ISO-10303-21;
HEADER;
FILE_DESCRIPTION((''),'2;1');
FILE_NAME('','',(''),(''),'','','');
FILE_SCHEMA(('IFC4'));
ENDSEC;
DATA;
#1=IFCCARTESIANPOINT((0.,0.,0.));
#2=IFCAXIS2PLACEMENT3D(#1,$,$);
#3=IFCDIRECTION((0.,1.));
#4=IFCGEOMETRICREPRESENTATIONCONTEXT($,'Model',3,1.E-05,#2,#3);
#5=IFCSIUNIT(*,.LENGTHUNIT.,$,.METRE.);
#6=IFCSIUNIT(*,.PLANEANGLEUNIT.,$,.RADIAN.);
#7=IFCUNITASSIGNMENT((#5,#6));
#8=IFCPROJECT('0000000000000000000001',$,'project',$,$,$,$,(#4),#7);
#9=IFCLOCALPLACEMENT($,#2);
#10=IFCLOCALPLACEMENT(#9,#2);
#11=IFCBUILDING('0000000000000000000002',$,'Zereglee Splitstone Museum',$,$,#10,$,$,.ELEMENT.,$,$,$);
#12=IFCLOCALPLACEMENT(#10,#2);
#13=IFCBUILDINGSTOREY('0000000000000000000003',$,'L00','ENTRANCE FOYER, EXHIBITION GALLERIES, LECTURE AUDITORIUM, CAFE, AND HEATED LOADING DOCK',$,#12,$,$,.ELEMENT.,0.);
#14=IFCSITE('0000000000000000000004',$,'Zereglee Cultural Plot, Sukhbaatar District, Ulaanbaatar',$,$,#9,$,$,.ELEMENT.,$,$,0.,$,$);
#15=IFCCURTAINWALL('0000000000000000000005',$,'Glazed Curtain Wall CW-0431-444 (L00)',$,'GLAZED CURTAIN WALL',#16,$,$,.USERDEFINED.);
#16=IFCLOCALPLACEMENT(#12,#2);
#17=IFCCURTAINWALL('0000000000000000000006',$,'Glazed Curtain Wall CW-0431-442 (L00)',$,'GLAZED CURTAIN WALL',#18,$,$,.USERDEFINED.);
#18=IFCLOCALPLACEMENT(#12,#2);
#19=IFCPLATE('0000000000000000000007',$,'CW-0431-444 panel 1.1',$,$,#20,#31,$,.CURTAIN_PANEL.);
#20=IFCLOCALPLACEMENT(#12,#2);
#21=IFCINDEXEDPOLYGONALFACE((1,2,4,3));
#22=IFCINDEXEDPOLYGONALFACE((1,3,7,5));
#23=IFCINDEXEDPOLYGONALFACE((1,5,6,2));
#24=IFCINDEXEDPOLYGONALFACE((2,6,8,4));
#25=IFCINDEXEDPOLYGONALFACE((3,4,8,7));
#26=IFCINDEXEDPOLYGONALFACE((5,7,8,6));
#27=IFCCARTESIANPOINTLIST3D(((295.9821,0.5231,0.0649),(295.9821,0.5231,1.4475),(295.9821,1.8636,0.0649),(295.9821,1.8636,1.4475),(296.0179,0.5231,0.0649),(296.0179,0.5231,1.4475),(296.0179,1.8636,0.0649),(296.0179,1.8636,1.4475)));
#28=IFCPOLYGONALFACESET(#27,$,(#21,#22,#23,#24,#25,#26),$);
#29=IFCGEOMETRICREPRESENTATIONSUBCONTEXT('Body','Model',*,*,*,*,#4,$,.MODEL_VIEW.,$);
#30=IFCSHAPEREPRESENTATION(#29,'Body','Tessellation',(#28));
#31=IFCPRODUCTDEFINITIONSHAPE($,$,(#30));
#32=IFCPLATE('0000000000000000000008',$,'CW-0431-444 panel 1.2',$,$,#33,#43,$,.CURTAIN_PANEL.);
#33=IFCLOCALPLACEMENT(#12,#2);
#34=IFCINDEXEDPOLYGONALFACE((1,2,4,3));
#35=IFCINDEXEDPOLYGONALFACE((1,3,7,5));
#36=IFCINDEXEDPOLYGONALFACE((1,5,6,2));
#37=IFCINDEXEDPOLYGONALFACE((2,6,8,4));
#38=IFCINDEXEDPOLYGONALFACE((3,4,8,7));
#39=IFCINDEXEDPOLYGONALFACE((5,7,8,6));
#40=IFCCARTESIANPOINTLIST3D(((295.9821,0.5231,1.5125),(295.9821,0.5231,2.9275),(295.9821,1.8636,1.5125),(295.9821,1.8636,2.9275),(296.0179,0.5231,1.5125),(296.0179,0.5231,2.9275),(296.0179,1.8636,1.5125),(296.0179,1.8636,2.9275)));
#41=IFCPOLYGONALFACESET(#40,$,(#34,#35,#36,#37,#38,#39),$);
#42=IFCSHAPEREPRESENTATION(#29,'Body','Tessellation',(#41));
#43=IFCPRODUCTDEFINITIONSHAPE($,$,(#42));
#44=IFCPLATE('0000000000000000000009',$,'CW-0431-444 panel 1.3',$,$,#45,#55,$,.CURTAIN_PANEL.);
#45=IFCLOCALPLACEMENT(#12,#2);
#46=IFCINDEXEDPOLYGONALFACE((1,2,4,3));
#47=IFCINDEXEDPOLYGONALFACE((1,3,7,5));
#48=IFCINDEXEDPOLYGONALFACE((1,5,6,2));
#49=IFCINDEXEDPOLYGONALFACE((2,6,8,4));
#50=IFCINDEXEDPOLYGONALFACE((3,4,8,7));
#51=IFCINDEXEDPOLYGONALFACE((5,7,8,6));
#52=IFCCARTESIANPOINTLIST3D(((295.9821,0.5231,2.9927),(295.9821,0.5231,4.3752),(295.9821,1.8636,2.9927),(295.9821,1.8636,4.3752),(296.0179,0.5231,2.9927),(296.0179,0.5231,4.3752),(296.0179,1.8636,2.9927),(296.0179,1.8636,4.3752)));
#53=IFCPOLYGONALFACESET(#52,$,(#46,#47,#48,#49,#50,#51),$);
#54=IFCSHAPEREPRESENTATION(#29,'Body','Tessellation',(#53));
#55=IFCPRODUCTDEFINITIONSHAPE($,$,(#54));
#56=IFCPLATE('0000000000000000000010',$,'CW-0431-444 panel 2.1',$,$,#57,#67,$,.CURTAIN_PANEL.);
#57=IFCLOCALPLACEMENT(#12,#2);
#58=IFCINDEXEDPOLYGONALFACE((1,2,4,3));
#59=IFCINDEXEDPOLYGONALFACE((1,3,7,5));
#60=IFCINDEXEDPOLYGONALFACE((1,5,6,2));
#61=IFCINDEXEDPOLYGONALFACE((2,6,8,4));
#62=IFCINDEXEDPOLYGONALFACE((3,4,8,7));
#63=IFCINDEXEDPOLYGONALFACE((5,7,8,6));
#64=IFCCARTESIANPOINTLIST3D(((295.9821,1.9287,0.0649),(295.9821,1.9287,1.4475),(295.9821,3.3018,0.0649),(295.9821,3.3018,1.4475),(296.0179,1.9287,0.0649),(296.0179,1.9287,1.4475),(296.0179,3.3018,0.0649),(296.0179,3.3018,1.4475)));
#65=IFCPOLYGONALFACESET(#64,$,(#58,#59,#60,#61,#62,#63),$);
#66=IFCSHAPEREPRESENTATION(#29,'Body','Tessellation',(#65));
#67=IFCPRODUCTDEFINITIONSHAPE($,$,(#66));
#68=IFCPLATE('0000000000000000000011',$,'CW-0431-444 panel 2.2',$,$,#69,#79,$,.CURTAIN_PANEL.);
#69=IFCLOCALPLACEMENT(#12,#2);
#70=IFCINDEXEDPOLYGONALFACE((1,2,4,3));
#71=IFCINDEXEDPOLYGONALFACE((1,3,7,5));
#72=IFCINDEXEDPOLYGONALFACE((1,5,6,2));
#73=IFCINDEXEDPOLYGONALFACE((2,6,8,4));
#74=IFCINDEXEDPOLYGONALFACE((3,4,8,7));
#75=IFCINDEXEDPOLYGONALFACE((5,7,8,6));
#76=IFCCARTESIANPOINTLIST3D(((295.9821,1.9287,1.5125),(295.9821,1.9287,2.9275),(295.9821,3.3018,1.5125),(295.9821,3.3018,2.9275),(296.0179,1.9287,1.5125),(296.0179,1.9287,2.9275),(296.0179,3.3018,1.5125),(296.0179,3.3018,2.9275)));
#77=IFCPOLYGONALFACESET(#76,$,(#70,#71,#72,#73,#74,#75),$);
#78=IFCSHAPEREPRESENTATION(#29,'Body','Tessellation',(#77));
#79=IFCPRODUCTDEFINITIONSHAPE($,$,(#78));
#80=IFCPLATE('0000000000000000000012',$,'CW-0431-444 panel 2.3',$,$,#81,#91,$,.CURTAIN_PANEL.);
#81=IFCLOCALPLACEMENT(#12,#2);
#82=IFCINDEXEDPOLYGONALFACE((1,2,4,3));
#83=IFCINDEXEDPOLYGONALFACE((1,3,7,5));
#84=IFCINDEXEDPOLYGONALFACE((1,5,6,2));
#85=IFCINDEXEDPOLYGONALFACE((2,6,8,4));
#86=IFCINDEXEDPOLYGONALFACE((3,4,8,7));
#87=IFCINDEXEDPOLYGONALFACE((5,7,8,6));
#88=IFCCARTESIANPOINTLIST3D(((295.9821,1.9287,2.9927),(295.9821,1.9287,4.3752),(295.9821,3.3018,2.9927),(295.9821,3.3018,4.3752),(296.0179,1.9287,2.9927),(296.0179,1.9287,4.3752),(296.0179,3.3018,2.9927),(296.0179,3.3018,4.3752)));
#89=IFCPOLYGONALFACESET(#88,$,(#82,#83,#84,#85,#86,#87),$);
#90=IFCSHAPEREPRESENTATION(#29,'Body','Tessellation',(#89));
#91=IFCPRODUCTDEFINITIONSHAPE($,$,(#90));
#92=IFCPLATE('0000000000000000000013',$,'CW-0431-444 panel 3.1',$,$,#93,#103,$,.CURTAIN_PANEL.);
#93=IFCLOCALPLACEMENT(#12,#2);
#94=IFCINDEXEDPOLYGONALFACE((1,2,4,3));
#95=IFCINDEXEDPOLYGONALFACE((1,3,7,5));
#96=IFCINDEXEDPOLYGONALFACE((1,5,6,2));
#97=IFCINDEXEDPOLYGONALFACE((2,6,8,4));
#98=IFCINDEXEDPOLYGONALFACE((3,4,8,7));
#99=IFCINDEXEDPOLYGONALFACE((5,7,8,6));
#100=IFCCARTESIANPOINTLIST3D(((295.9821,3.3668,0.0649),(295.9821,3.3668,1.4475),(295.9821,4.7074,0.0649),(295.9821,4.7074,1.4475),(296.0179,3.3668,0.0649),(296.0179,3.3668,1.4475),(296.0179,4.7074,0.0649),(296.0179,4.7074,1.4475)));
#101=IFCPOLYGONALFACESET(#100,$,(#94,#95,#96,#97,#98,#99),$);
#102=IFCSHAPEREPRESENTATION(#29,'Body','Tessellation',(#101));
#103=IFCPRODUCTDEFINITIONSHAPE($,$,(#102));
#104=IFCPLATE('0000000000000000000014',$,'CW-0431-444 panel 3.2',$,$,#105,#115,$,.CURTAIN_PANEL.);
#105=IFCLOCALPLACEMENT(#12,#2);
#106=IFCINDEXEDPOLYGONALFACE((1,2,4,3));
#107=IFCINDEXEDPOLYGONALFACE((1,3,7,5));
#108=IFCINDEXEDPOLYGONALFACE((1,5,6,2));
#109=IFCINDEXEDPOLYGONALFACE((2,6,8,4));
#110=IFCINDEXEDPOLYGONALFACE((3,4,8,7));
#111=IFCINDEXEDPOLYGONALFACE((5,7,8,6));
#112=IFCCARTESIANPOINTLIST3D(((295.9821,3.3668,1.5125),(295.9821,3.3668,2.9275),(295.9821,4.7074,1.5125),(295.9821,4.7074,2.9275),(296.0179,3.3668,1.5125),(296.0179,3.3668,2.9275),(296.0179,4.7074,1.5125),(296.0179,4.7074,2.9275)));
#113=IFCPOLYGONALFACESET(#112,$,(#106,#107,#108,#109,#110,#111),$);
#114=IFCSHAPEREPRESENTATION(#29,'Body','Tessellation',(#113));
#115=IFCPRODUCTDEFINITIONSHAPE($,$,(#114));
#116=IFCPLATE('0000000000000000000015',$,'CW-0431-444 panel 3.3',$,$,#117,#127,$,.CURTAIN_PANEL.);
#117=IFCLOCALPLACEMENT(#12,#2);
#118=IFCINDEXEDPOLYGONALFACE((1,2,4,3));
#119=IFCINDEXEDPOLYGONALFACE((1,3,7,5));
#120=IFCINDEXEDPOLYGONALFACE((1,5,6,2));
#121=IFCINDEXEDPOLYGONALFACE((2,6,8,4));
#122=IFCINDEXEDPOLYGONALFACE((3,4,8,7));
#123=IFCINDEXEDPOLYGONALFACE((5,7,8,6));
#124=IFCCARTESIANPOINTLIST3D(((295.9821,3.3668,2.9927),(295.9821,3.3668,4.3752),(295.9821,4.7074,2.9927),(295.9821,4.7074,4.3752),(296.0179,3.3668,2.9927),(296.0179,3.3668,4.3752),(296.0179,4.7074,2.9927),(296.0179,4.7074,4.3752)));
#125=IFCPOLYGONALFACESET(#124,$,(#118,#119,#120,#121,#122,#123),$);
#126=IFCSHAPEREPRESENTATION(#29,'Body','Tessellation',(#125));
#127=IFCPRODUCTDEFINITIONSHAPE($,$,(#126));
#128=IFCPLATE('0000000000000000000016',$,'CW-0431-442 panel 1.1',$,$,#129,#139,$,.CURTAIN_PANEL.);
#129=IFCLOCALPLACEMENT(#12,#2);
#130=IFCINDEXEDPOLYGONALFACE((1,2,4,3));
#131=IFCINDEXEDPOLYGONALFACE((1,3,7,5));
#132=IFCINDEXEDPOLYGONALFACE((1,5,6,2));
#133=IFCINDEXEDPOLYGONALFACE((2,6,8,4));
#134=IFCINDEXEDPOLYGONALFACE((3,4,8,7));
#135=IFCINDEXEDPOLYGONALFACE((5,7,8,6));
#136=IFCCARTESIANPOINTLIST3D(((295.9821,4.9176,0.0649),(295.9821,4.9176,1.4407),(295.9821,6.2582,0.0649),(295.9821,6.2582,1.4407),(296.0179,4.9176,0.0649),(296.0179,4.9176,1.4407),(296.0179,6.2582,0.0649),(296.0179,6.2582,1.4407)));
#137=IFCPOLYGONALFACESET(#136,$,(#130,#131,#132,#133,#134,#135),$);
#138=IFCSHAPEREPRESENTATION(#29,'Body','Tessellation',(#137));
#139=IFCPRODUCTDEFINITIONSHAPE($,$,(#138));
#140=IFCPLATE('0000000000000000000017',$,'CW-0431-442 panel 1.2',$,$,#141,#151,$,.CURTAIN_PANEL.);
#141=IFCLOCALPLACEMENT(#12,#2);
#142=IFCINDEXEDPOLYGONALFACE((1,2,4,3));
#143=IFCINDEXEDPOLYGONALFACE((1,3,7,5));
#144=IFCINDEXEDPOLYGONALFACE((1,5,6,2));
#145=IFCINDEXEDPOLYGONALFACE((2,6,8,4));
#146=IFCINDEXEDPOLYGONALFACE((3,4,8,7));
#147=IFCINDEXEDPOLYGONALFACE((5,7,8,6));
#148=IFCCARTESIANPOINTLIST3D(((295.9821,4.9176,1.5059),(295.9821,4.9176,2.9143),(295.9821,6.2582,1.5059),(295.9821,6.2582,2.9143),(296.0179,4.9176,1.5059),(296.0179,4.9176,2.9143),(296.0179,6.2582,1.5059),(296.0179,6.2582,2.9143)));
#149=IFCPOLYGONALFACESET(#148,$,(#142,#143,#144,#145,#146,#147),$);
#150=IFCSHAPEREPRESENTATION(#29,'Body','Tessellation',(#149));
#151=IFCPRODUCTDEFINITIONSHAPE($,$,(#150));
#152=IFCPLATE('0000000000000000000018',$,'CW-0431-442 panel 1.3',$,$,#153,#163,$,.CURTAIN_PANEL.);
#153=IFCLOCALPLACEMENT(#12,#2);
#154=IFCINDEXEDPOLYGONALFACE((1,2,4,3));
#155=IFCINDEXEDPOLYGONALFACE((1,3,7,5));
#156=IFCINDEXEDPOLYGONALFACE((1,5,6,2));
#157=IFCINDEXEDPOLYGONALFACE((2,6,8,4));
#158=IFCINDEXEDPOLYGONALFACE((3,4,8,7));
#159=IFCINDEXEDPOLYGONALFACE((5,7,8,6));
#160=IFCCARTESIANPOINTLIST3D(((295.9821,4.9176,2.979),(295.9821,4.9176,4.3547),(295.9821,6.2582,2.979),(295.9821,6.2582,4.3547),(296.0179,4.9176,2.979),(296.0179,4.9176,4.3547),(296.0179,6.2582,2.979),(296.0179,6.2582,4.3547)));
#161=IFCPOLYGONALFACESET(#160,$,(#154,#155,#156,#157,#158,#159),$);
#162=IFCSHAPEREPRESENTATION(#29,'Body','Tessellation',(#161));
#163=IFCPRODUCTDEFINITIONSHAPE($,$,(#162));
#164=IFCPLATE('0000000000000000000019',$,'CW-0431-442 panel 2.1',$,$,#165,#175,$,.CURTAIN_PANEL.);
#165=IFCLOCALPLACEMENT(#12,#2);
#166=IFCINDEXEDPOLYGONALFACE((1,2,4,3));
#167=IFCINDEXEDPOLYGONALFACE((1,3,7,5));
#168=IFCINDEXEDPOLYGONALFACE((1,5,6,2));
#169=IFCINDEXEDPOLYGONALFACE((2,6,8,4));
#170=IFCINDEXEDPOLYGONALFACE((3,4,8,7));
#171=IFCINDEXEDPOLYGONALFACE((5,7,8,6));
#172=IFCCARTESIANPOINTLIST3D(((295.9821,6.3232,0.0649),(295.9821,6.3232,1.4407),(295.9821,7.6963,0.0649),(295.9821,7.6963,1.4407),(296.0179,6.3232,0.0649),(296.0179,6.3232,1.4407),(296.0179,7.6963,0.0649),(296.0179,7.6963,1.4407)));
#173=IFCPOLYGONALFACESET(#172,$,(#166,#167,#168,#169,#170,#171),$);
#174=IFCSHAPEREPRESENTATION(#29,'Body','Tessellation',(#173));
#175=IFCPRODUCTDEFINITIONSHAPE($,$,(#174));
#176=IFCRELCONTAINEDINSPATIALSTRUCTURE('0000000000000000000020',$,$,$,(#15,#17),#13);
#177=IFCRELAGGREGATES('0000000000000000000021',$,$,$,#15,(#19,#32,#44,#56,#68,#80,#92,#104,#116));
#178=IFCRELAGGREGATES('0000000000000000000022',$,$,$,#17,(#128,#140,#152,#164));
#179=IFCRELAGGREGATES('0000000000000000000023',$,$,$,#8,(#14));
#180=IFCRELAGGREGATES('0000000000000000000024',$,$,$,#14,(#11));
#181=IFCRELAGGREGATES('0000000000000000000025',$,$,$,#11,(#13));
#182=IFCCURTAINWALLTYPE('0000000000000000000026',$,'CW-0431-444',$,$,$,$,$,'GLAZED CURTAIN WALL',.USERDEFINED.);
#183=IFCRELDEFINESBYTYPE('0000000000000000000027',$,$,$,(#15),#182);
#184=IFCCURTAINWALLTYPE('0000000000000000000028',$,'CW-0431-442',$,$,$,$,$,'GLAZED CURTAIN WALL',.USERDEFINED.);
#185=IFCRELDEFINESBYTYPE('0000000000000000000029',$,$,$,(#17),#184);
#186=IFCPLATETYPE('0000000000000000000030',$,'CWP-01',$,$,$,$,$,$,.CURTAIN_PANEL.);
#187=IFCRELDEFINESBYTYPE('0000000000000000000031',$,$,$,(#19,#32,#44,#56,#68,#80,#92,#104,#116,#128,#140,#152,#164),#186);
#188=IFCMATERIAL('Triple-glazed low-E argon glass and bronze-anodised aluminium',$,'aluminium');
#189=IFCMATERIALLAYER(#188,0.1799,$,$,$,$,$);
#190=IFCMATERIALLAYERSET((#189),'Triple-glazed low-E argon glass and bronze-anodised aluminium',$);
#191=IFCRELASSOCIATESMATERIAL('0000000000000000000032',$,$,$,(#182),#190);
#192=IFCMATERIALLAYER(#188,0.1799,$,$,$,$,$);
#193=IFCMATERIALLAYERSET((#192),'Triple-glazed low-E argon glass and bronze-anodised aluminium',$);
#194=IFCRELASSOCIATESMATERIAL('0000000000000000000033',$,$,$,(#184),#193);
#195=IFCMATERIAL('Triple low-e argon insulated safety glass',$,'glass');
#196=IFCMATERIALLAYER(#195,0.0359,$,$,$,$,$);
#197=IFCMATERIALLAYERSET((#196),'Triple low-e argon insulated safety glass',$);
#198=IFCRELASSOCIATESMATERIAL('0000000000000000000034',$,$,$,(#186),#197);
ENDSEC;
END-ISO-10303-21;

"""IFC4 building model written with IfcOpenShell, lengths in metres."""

from ifc_helpers import new_model, si_unit, direction, frame, origin, origin_2d, place, context, subcontext, project, spatial, rectangle, extrude, material, layer, layer_set, type_object, element, aggregate, save


model = new_model("IFC4")

# Units and contexts
model_context = context("Model", 3, precision=1e-05, world=origin(), true_north=direction((0.0, 1.0)))
body_context = subcontext(model_context, "Body", "Model", "MODEL_VIEW")
ifc_project = project(units=[si_unit("LENGTHUNIT", "METRE"), si_unit("PLANEANGLEUNIT", "RADIAN")], contexts=[model_context])

# Site, building, storey
site_placement = place(None, origin())
site = spatial("IfcSite", under=ifc_project, at=site_placement, Name="Zereglee Cultural Plot, Sukhbaatar District, Ulaanbaatar", CompositionType="ELEMENT", RefElevation=0.0)
building_placement = place(site_placement, origin())
building = spatial("IfcBuilding", under=site, at=building_placement, Name="Zereglee Splitstone Museum", CompositionType="ELEMENT")
storey_placement = place(building_placement, origin())
storey = spatial("IfcBuildingStorey", under=building, at=storey_placement, Name="L00", Description="ENTRANCE FOYER, EXHIBITION GALLERIES, LECTURE AUDITORIUM, CAFE, AND HEATED LOADING DOCK", CompositionType="ELEMENT", Elevation=0.0)

# Curtain walls
ifc_material_1 = material(Name="Triple-glazed low-E argon glass and bronze-anodised aluminium", Category="aluminium")
ifc_layer_1 = layer(ifc_material_1, 0.1799)
ifc_layer_set_1 = layer_set([ifc_layer_1], Name="Triple-glazed low-E argon glass and bronze-anodised aluminium")
curtain_wall_type_1 = type_object("IfcCurtainWallType", Name="CW-0431-444", ElementType="GLAZED CURTAIN WALL", PredefinedType="USERDEFINED", material=ifc_layer_set_1)
curtain_wall_1_placement = place(storey_placement, origin())
curtain_wall_1 = element("IfcCurtainWall", 1, at=curtain_wall_1_placement, inside=storey, type_object=curtain_wall_type_1, Name="Glazed Curtain Wall CW-0431-444 (L00)", ObjectType="GLAZED CURTAIN WALL", PredefinedType="USERDEFINED")
ifc_layer_2 = layer(ifc_material_1, 0.1799)
ifc_layer_set_2 = layer_set([ifc_layer_2], Name="Triple-glazed low-E argon glass and bronze-anodised aluminium")
curtain_wall_type_2 = type_object("IfcCurtainWallType", Name="CW-0431-442", ElementType="GLAZED CURTAIN WALL", PredefinedType="USERDEFINED", material=ifc_layer_set_2)
curtain_wall_2_placement = place(storey_placement, origin())
curtain_wall_2 = element("IfcCurtainWall", 2, at=curtain_wall_2_placement, inside=storey, type_object=curtain_wall_type_2, Name="Glazed Curtain Wall CW-0431-442 (L00)", ObjectType="GLAZED CURTAIN WALL", PredefinedType="USERDEFINED")

# Plates
ifc_material_2 = material(Name="Triple low-e argon insulated safety glass", Category="glass")
ifc_layer_3 = layer(ifc_material_2, 0.0359)
ifc_layer_set_3 = layer_set([ifc_layer_3], Name="Triple low-e argon insulated safety glass")
plate_type = type_object("IfcPlateType", Name="CWP-01", PredefinedType="CURTAIN_PANEL", material=ifc_layer_set_3)
plate_1_placement = place(storey_placement, frame((296.0, 1.1934, 0.0649), z_axis=(0.0, 0.0, 1.0), x_axis=(0.0, 1.0, 0.0)))
plate_1 = element("IfcPlate", 3, at=plate_1_placement, type_object=plate_type, Name="CW-0431-444 panel 1.1", PredefinedType="CURTAIN_PANEL", context=body_context, shape_type="SweptSolid", body=[
    extrude(rectangle(XDim=1.3406, YDim=0.0359, at=origin_2d()), origin(), (0.0, 0.0, 1.0), 1.3826),
])
plate_2_placement = place(storey_placement, frame((296.0, 1.1934, 1.5125), z_axis=(0.0, 0.0, 1.0), x_axis=(0.0, 1.0, 0.0)))
plate_2 = element("IfcPlate", 4, at=plate_2_placement, type_object=plate_type, Name="CW-0431-444 panel 1.2", PredefinedType="CURTAIN_PANEL", context=body_context, shape_type="SweptSolid", body=[
    extrude(rectangle(XDim=1.3406, YDim=0.0359, at=origin_2d()), origin(), (0.0, 0.0, 1.0), 1.415),
])
plate_3_placement = place(storey_placement, frame((296.0, 1.1934, 2.9927), z_axis=(0.0, 0.0, 1.0), x_axis=(0.0, 1.0, 0.0)))
plate_3 = element("IfcPlate", 5, at=plate_3_placement, type_object=plate_type, Name="CW-0431-444 panel 1.3", PredefinedType="CURTAIN_PANEL", context=body_context, shape_type="SweptSolid", body=[
    extrude(rectangle(XDim=1.3406, YDim=0.0359, at=origin_2d()), origin(), (0.0, 0.0, 1.0), 1.3826),
])
plate_4_placement = place(storey_placement, frame((296.0, 2.6152, 0.0649), z_axis=(0.0, 0.0, 1.0), x_axis=(0.0, 1.0, 0.0)))
plate_4 = element("IfcPlate", 6, at=plate_4_placement, type_object=plate_type, Name="CW-0431-444 panel 2.1", PredefinedType="CURTAIN_PANEL", context=body_context, shape_type="SweptSolid", body=[
    extrude(rectangle(XDim=1.373, YDim=0.0359, at=origin_2d()), origin(), (0.0, 0.0, 1.0), 1.3826),
])
plate_5_placement = place(storey_placement, frame((296.0, 2.6152, 1.5125), z_axis=(0.0, 0.0, 1.0), x_axis=(0.0, 1.0, 0.0)))
plate_5 = element("IfcPlate", 7, at=plate_5_placement, type_object=plate_type, Name="CW-0431-444 panel 2.2", PredefinedType="CURTAIN_PANEL", context=body_context, shape_type="SweptSolid", body=[
    extrude(rectangle(XDim=1.373, YDim=0.0359, at=origin_2d()), origin(), (0.0, 0.0, 1.0), 1.415),
])
plate_6_placement = place(storey_placement, frame((296.0, 2.6152, 2.9927), z_axis=(0.0, 0.0, 1.0), x_axis=(0.0, 1.0, 0.0)))
plate_6 = element("IfcPlate", 8, at=plate_6_placement, type_object=plate_type, Name="CW-0431-444 panel 2.3", PredefinedType="CURTAIN_PANEL", context=body_context, shape_type="SweptSolid", body=[
    extrude(rectangle(XDim=1.373, YDim=0.0359, at=origin_2d()), origin(), (0.0, 0.0, 1.0), 1.3826),
])
plate_7_placement = place(storey_placement, frame((296.0, 4.0371, 0.0649), z_axis=(0.0, 0.0, 1.0), x_axis=(0.0, 1.0, 0.0)))
plate_7 = element("IfcPlate", 9, at=plate_7_placement, type_object=plate_type, Name="CW-0431-444 panel 3.1", PredefinedType="CURTAIN_PANEL", context=body_context, shape_type="SweptSolid", body=[
    extrude(rectangle(XDim=1.3406, YDim=0.0359, at=origin_2d()), origin(), (0.0, 0.0, 1.0), 1.3826),
])
plate_8_placement = place(storey_placement, frame((296.0, 4.0371, 1.5125), z_axis=(0.0, 0.0, 1.0), x_axis=(0.0, 1.0, 0.0)))
plate_8 = element("IfcPlate", 10, at=plate_8_placement, type_object=plate_type, Name="CW-0431-444 panel 3.2", PredefinedType="CURTAIN_PANEL", context=body_context, shape_type="SweptSolid", body=[
    extrude(rectangle(XDim=1.3406, YDim=0.0359, at=origin_2d()), origin(), (0.0, 0.0, 1.0), 1.415),
])
plate_9_placement = place(storey_placement, frame((296.0, 4.0371, 2.9927), z_axis=(0.0, 0.0, 1.0), x_axis=(0.0, 1.0, 0.0)))
plate_9 = element("IfcPlate", 11, at=plate_9_placement, type_object=plate_type, Name="CW-0431-444 panel 3.3", PredefinedType="CURTAIN_PANEL", context=body_context, shape_type="SweptSolid", body=[
    extrude(rectangle(XDim=1.3406, YDim=0.0359, at=origin_2d()), origin(), (0.0, 0.0, 1.0), 1.3826),
])
aggregate(curtain_wall_1, [plate_1, plate_2, plate_3, plate_4, plate_5, plate_6, plate_7, plate_8, plate_9])
plate_10_placement = place(storey_placement, frame((296.0, 5.5879, 0.0649), z_axis=(0.0, 0.0, 1.0), x_axis=(0.0, 1.0, 0.0)))
plate_10 = element("IfcPlate", 12, at=plate_10_placement, type_object=plate_type, Name="CW-0431-442 panel 1.1", PredefinedType="CURTAIN_PANEL", context=body_context, shape_type="SweptSolid", body=[
    extrude(rectangle(XDim=1.3406, YDim=0.0359, at=origin_2d()), origin(), (0.0, 0.0, 1.0), 1.3757),
])
plate_11_placement = place(storey_placement, frame((296.0, 5.5879, 1.5059), z_axis=(0.0, 0.0, 1.0), x_axis=(0.0, 1.0, 0.0)))
plate_11 = element("IfcPlate", 13, at=plate_11_placement, type_object=plate_type, Name="CW-0431-442 panel 1.2", PredefinedType="CURTAIN_PANEL", context=body_context, shape_type="SweptSolid", body=[
    extrude(rectangle(XDim=1.3406, YDim=0.0359, at=origin_2d()), origin(), (0.0, 0.0, 1.0), 1.4084),
])
plate_12_placement = place(storey_placement, frame((296.0, 5.5879, 2.979), z_axis=(0.0, 0.0, 1.0), x_axis=(0.0, 1.0, 0.0)))
plate_12 = element("IfcPlate", 14, at=plate_12_placement, type_object=plate_type, Name="CW-0431-442 panel 1.3", PredefinedType="CURTAIN_PANEL", context=body_context, shape_type="SweptSolid", body=[
    extrude(rectangle(XDim=1.3406, YDim=0.0359, at=origin_2d()), origin(), (0.0, 0.0, 1.0), 1.3757),
])
plate_13_placement = place(storey_placement, frame((296.0, 7.0098, 0.0649), z_axis=(0.0, 0.0, 1.0), x_axis=(0.0, 1.0, 0.0)))
plate_13 = element("IfcPlate", 15, at=plate_13_placement, type_object=plate_type, Name="CW-0431-442 panel 2.1", PredefinedType="CURTAIN_PANEL", context=body_context, shape_type="SweptSolid", body=[
    extrude(rectangle(XDim=1.373, YDim=0.0359, at=origin_2d()), origin(), (0.0, 0.0, 1.0), 1.3757),
])
aggregate(curtain_wall_2, [plate_10, plate_11, plate_12, plate_13])

save(model, "model.ifc")
